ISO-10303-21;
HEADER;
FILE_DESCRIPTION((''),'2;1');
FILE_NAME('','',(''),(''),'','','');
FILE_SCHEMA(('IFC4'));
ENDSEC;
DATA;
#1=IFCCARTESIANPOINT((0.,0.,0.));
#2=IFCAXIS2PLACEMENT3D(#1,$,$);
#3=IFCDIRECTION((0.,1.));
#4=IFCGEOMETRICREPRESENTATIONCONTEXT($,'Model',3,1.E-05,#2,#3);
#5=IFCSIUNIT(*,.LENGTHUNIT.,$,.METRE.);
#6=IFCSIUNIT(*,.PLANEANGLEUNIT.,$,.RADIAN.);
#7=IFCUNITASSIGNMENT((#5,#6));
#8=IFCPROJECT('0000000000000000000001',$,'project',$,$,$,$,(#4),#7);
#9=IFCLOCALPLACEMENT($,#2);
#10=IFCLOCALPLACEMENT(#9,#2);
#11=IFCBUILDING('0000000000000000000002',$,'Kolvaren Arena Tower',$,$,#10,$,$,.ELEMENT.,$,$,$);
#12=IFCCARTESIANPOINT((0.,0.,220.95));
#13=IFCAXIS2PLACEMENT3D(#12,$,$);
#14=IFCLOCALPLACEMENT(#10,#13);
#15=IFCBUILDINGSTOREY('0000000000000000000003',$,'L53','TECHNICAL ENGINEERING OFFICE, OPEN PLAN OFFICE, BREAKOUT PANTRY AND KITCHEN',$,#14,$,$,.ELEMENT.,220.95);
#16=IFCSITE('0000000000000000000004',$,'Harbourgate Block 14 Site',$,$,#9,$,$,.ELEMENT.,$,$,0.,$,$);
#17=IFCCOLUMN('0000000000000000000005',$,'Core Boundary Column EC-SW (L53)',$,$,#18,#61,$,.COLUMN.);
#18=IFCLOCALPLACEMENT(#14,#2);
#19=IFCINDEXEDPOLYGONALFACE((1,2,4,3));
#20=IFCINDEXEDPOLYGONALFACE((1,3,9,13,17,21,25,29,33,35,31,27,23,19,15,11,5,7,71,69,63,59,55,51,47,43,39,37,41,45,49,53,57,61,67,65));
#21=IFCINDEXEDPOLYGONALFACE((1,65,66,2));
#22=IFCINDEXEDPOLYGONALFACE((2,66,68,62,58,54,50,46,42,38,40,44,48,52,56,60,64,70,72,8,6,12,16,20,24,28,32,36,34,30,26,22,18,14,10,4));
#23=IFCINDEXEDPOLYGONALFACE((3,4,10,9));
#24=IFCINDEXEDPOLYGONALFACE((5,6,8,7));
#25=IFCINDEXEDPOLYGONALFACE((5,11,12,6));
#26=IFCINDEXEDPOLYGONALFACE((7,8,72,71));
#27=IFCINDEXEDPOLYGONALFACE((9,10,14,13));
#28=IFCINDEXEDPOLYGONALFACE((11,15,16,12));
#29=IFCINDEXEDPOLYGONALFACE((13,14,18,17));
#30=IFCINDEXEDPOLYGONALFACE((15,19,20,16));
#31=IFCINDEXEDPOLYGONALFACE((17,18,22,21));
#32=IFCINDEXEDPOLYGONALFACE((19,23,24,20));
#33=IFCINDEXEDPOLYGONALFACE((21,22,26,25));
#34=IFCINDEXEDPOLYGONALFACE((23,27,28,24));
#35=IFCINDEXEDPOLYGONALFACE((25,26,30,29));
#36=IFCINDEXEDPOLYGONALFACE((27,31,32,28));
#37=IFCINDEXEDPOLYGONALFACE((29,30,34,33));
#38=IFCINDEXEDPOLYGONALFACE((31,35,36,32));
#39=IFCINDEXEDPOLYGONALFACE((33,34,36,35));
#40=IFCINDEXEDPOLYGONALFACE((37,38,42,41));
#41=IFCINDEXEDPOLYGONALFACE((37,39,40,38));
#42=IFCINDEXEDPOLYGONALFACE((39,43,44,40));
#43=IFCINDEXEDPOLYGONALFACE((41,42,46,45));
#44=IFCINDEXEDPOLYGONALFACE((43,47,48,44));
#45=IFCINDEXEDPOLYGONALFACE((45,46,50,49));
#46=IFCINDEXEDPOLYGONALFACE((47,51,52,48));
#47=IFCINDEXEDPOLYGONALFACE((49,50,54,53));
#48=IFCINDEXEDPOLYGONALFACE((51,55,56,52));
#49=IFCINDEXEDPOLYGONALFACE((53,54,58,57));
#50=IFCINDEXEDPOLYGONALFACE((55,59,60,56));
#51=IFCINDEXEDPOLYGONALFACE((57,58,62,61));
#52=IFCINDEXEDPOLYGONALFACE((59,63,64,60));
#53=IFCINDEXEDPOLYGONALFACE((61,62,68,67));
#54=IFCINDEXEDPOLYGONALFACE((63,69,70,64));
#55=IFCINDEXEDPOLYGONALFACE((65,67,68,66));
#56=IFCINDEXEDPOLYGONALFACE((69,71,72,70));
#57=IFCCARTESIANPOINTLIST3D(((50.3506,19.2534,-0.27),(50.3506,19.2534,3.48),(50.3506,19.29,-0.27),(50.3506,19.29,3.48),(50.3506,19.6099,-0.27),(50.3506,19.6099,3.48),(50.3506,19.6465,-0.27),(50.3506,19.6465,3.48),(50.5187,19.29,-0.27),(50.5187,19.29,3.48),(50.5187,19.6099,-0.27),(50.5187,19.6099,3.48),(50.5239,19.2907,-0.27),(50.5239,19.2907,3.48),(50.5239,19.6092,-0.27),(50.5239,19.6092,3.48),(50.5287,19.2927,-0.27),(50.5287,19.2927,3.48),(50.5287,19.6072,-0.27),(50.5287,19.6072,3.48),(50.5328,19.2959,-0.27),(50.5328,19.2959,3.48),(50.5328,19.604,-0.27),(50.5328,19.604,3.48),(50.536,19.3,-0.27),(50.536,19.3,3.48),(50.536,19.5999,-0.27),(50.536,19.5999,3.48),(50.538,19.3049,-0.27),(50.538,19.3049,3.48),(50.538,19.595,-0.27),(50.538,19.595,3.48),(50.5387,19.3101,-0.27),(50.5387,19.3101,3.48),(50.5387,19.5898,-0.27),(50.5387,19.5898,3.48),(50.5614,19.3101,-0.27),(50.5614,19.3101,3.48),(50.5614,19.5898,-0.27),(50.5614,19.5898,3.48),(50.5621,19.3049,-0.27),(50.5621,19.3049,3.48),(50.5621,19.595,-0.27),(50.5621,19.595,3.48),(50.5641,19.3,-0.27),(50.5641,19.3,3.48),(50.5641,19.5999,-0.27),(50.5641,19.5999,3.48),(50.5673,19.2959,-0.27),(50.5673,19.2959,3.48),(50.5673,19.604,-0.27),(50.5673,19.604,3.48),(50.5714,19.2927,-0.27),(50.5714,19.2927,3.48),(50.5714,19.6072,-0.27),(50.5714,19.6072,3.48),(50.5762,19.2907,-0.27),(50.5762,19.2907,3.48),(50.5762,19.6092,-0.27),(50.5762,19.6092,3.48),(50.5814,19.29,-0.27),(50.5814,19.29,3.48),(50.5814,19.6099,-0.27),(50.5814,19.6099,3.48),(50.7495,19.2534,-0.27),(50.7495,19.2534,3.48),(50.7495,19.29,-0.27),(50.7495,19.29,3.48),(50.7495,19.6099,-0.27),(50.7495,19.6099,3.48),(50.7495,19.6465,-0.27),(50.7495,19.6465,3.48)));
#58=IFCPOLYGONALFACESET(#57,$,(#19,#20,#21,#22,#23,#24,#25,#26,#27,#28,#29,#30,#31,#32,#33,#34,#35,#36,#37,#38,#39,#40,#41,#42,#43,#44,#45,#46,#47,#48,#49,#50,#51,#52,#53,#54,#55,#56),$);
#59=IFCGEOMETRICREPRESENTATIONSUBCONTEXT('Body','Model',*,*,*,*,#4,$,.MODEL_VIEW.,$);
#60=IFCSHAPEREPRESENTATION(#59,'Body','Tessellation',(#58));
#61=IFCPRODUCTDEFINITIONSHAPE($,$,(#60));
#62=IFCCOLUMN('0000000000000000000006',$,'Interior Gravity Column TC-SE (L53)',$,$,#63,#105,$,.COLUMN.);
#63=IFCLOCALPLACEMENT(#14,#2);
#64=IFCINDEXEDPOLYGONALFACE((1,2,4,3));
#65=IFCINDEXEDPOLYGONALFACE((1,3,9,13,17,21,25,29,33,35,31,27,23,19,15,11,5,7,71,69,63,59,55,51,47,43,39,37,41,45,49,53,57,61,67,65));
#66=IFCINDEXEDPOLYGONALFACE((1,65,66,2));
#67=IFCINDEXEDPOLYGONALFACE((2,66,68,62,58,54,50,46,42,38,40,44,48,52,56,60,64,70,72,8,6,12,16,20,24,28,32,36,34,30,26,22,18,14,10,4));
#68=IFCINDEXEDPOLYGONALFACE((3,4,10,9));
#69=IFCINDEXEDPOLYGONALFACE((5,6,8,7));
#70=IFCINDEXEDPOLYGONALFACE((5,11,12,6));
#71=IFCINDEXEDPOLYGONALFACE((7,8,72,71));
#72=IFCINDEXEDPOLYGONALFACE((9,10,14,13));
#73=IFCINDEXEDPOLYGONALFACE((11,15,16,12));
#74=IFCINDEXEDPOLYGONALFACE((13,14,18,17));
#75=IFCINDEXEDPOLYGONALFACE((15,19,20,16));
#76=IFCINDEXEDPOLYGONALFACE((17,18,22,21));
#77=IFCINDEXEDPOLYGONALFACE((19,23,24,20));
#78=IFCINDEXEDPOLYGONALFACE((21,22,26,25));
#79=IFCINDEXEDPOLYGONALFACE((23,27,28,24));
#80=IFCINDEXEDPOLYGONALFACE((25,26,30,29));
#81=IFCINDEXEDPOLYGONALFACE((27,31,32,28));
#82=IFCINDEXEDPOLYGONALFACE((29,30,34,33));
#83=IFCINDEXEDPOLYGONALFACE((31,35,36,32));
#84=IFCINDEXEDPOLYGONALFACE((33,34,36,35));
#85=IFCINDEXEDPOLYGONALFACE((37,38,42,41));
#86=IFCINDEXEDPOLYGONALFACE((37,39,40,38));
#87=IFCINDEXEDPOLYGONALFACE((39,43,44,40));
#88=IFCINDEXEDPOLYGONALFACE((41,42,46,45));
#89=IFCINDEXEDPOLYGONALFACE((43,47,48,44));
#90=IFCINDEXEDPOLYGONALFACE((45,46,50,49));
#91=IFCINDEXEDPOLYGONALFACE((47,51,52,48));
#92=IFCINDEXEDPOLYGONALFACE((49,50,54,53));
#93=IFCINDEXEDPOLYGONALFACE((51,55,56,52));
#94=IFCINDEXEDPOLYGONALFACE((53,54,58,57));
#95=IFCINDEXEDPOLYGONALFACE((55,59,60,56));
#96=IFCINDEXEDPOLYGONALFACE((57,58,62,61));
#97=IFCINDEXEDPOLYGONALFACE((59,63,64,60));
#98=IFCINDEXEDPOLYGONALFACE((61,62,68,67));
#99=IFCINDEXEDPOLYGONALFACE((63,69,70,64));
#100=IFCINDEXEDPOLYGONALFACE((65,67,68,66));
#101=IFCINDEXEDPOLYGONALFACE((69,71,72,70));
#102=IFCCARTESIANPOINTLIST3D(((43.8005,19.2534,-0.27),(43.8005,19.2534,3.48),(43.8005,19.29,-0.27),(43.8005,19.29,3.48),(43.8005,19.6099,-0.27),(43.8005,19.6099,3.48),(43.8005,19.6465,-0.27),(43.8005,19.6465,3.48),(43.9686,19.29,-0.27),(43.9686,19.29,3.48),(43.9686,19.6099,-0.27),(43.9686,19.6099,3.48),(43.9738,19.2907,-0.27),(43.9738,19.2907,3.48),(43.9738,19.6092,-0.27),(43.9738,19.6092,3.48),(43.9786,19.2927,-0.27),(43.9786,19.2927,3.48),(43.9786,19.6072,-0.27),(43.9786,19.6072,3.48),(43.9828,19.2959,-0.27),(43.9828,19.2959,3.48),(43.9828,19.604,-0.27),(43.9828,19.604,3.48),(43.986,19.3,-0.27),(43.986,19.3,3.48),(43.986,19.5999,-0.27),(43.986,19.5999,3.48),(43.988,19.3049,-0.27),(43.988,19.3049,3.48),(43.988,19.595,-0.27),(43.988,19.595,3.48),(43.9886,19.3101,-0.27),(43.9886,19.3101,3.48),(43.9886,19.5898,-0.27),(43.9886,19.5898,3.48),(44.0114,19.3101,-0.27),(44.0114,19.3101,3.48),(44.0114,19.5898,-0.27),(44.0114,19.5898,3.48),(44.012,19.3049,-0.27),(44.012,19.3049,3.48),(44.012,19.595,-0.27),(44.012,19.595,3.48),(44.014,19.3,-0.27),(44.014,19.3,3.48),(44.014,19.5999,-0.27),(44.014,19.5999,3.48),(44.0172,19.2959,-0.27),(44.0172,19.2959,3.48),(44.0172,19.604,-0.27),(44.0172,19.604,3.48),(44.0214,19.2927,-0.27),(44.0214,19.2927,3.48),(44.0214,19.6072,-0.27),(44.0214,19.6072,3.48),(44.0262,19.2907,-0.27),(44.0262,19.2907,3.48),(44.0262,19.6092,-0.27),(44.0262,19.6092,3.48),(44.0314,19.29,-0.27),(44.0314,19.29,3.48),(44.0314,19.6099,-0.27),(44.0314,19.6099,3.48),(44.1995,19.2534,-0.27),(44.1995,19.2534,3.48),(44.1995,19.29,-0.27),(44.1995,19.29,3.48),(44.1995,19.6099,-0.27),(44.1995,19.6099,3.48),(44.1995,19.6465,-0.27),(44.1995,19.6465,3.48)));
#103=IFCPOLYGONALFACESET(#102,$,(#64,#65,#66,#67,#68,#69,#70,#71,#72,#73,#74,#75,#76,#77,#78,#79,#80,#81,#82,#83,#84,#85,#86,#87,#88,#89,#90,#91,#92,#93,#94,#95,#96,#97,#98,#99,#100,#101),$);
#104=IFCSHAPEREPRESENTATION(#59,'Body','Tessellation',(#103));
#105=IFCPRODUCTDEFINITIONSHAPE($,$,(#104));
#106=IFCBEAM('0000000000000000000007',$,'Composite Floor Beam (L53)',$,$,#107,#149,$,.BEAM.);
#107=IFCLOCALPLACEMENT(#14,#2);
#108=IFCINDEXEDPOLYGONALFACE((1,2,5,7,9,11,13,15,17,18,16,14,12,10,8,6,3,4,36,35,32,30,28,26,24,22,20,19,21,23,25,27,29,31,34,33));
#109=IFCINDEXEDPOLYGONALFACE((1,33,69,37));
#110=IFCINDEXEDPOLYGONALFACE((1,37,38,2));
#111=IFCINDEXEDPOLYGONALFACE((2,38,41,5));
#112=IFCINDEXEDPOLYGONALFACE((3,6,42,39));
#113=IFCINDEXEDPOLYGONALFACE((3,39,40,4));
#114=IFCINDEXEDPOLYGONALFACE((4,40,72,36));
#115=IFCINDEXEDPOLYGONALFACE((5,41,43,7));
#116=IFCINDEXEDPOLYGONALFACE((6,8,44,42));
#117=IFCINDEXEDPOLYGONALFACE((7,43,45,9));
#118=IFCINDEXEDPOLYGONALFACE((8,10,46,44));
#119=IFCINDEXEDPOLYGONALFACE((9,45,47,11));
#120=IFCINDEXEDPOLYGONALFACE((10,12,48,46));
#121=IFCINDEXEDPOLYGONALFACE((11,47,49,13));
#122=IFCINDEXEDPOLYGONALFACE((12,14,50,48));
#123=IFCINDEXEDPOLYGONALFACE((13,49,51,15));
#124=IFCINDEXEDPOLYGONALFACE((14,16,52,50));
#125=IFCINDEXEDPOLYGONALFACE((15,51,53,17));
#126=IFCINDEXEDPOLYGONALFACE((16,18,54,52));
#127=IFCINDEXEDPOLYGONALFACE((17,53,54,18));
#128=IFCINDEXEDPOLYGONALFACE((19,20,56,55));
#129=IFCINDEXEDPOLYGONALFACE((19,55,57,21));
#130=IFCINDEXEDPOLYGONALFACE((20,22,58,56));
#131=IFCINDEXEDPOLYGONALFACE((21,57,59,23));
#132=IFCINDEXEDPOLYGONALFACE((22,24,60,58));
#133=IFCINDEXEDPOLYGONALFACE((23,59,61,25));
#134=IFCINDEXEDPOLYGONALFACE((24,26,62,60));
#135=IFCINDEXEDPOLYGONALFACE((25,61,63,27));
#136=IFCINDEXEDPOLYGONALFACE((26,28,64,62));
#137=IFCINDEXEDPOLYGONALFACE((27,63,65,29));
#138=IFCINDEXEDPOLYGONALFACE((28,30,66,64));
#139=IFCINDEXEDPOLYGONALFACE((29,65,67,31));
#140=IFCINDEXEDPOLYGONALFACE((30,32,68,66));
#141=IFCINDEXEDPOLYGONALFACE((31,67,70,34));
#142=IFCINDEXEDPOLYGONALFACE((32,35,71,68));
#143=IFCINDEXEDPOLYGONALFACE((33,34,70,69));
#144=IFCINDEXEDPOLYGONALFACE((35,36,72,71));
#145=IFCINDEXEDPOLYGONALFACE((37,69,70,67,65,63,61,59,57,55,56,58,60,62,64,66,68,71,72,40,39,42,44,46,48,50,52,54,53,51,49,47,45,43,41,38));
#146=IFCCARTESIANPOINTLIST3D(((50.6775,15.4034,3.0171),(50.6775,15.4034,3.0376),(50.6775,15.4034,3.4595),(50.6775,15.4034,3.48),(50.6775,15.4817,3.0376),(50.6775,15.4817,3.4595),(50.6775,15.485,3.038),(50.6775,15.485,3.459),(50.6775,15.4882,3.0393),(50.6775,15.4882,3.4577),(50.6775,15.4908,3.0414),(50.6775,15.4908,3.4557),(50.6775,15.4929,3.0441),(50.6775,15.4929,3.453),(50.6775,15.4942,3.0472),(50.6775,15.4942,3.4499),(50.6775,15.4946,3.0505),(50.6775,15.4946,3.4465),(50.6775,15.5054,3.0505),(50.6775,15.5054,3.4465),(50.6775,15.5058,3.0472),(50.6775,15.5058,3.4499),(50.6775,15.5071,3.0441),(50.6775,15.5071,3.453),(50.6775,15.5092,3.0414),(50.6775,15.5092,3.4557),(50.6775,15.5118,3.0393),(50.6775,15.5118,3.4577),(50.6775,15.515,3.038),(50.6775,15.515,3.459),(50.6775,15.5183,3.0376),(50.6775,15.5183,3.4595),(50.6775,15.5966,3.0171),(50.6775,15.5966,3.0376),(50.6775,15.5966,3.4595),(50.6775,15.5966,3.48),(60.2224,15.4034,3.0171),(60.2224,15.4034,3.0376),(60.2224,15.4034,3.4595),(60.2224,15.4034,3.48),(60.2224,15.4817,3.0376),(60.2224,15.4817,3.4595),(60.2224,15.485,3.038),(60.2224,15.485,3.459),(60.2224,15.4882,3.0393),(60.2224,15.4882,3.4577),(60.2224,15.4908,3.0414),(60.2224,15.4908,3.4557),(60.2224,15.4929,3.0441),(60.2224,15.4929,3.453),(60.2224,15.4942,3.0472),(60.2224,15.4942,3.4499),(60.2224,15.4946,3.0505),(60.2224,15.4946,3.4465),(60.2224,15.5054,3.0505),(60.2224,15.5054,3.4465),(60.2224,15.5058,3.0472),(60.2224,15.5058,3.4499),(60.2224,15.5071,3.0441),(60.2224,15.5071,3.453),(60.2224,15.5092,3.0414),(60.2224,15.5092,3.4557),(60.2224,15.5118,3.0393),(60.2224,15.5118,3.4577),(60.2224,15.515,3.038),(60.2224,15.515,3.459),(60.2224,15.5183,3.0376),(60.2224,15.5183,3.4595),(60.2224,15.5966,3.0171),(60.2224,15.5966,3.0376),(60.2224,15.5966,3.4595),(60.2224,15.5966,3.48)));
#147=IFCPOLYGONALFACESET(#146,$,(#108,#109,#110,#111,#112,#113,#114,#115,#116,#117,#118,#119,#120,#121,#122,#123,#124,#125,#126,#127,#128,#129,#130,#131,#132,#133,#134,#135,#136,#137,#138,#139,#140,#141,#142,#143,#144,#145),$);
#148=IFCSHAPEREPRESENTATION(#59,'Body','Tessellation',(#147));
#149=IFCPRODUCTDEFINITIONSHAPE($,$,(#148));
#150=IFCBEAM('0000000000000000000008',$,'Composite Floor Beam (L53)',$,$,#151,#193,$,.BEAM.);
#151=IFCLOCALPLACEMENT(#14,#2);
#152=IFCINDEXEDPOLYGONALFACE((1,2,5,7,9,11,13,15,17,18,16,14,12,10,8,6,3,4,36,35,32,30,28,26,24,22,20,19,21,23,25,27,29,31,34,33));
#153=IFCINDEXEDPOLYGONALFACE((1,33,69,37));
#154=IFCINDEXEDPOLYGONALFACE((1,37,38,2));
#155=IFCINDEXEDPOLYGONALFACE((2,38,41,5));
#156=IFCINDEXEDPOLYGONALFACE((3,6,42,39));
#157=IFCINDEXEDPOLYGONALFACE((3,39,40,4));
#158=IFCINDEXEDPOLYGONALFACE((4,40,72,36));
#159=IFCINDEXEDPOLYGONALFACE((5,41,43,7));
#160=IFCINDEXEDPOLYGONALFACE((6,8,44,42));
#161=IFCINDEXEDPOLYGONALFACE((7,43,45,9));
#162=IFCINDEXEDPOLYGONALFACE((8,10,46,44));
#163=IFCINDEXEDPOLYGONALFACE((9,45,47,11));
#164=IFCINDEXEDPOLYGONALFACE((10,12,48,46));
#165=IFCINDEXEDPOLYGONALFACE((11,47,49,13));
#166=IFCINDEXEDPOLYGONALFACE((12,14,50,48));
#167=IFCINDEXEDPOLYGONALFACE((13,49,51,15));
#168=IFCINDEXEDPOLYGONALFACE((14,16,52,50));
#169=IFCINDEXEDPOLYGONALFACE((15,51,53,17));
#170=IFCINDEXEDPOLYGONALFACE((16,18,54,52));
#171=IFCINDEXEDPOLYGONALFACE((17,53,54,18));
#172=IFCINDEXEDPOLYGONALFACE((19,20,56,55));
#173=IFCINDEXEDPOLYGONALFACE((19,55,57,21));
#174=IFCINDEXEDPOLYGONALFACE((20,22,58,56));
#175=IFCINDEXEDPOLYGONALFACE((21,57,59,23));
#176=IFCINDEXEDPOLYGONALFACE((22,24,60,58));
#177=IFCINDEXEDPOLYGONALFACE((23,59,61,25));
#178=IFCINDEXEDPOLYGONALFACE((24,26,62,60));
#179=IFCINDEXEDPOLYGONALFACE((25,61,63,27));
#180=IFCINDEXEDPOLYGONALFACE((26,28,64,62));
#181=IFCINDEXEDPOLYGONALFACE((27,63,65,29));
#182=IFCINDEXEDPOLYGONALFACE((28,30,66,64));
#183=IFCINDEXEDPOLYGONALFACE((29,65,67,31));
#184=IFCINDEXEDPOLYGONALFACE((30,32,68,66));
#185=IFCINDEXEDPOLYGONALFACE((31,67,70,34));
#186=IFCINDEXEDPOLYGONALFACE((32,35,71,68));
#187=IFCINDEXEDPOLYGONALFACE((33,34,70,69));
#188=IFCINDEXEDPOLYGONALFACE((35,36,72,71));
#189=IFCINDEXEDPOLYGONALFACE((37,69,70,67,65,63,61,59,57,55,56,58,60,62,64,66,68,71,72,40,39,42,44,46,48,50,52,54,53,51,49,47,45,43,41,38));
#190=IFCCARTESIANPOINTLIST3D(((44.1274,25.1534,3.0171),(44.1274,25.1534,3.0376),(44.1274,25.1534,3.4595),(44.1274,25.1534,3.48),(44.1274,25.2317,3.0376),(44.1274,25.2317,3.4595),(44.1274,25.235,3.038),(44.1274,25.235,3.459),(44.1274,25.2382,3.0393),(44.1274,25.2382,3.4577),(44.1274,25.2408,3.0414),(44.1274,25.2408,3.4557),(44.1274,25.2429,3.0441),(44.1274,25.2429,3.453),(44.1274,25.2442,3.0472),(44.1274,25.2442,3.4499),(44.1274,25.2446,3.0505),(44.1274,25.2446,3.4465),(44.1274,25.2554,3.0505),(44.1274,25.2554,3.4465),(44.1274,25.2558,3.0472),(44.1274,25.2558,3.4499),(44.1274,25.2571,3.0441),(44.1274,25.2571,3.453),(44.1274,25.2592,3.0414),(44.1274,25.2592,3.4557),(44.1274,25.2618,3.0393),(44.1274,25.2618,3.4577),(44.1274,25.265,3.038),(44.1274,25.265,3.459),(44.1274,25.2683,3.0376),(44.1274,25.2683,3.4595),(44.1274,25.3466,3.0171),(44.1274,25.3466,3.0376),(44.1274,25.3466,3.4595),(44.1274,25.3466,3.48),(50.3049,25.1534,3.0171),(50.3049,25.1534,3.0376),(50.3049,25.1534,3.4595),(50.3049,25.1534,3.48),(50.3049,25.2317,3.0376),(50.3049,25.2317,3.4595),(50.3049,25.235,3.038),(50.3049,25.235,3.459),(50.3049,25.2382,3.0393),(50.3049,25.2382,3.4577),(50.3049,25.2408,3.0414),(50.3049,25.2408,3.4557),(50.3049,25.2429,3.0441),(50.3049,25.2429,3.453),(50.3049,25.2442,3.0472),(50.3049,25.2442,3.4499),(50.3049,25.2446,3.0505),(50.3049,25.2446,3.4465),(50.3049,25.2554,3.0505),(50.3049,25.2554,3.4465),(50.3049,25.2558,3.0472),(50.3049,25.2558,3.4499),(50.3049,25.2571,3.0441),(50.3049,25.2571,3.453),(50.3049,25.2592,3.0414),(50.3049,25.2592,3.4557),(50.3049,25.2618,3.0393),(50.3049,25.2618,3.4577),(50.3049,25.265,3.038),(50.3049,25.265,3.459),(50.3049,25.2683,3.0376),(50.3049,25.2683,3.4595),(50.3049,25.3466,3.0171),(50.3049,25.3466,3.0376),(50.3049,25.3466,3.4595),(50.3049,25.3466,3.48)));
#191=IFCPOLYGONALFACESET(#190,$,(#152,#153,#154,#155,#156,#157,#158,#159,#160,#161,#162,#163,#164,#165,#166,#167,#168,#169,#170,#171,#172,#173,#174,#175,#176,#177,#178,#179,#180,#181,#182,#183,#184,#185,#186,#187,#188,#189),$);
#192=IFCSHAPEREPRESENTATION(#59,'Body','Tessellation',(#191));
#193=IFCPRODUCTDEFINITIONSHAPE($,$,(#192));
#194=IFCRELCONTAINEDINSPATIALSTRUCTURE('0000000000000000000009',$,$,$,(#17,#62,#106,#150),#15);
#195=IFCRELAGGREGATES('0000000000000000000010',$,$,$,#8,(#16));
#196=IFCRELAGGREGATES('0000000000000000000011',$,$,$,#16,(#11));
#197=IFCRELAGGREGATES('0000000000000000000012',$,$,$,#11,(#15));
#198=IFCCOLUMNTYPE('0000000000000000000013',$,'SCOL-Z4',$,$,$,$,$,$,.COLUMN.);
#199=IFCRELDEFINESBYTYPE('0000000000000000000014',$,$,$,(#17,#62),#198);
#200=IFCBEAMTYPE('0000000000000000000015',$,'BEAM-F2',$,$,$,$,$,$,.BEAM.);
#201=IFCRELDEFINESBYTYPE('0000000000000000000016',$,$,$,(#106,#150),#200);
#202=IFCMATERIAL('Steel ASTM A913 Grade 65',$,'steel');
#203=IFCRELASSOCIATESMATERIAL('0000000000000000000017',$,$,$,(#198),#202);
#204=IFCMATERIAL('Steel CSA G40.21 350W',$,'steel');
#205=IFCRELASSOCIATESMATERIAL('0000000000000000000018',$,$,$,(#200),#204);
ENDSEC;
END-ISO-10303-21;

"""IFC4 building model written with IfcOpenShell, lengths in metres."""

from ifc_helpers import new_model, si_unit, direction, frame, origin, origin_2d, place, context, subcontext, project, spatial, i_section, extrude, material, material_profile, profile_set, type_object, element, save


model = new_model("IFC4")

# Units and contexts
model_context = context("Model", 3, precision=1e-05, world=origin(), true_north=direction((0.0, 1.0)))
body_context = subcontext(model_context, "Body", "Model", "MODEL_VIEW")
ifc_project = project(units=[si_unit("LENGTHUNIT", "METRE"), si_unit("PLANEANGLEUNIT", "RADIAN")], contexts=[model_context])

# Site, building, storey
site_placement = place(None, origin())
site = spatial("IfcSite", under=ifc_project, at=site_placement, Name="Harbourgate Block 14 Site", CompositionType="ELEMENT", RefElevation=0.0)
building_placement = place(site_placement, origin())
building = spatial("IfcBuilding", under=site, at=building_placement, Name="Kolvaren Arena Tower", CompositionType="ELEMENT")
storey_placement = place(building_placement, frame((0.0, 0.0, 220.95)))
storey = spatial("IfcBuildingStorey", under=building, at=storey_placement, Name="L53", Description="TECHNICAL ENGINEERING OFFICE, OPEN PLAN OFFICE, BREAKOUT PANTRY AND KITCHEN", CompositionType="ELEMENT", Elevation=220.95)

# Columns
ifc_material_1 = material(Name="Steel ASTM A913 Grade 65", Category="steel")
ifc_material_profile_1 = material_profile(ifc_material_1, i_section(OverallWidth=0.3989, OverallDepth=0.3931, WebThickness=0.0227, FlangeThickness=0.0366, FilletRadius=0.02, at=origin_2d()), Name="W360x287")
ifc_profile_set_1 = profile_set([ifc_material_profile_1], Name="Steel ASTM A913 Grade 65")
column_type = type_object("IfcColumnType", Name="SCOL-Z4", PredefinedType="COLUMN", material=ifc_profile_set_1)
for number, where, z_axis, x_axis, name in (
    (1, (50.55, 19.45, -0.27), (0.0, 0.0, 1.0), (1.0, 0.0, 0.0), "Core Boundary Column EC-SW (L53)"),
    (2, (44.0, 19.45, -0.27), (0.0, 0.0, 1.0), (1.0, 0.0, 0.0), "Interior Gravity Column TC-SE (L53)"),
):
    element("IfcColumn", number, at=place(storey_placement, frame(where, z_axis=z_axis, x_axis=x_axis)), inside=storey, type_object=column_type, Name=name, PredefinedType="COLUMN", context=body_context, shape_type="SweptSolid", body=[
        extrude(i_section(OverallWidth=0.3989, OverallDepth=0.3931, WebThickness=0.0227, FlangeThickness=0.0366, FilletRadius=0.02, at=origin_2d()), origin(), (0.0, 0.0, 1.0), 3.75),
    ])

# Beams
ifc_material_2 = material(Name="Steel CSA G40.21 350W", Category="steel")
ifc_material_profile_2 = material_profile(ifc_material_2, i_section(OverallWidth=0.1931, OverallDepth=0.4629, WebThickness=0.0107, FlangeThickness=0.0205, FilletRadius=0.0129, at=origin_2d()), Name="W460x113")
ifc_profile_set_2 = profile_set([ifc_material_profile_2], Name="Steel CSA G40.21 350W")
beam_type_1 = type_object("IfcBeamType", Name="BEAM-F2", PredefinedType="BEAM", material=ifc_profile_set_2)
beam_1_placement = place(storey_placement, frame((50.6775, 15.5, 3.2485), z_axis=(1.0, 0.0, 0.0), x_axis=(0.0, 1.0, 0.0)))
element("IfcBeam", 3, at=beam_1_placement, inside=storey, type_object=beam_type_1, Name="Composite Floor Beam (L53)", PredefinedType="BEAM", context=body_context, shape_type="SweptSolid", body=[
    extrude(i_section(OverallWidth=0.1931, OverallDepth=0.4629, WebThickness=0.0107, FlangeThickness=0.0205, FilletRadius=0.0129, at=origin_2d()), origin(), (0.0, 0.0, 1.0), 9.5449),
])
beam_2_placement = place(storey_placement, frame((44.1274, 25.25, 3.2485), z_axis=(1.0, 0.0, 0.0), x_axis=(0.0, 1.0, 0.0)))
element("IfcBeam", 4, at=beam_2_placement, inside=storey, type_object=beam_type_1, Name="Composite Floor Beam (L53)", PredefinedType="BEAM", context=body_context, shape_type="SweptSolid", body=[
    extrude(i_section(OverallWidth=0.1931, OverallDepth=0.4629, WebThickness=0.0107, FlangeThickness=0.0205, FilletRadius=0.0129, at=origin_2d()), origin(), (0.0, 0.0, 1.0), 6.1775),
])

save(model, "model.ifc")
